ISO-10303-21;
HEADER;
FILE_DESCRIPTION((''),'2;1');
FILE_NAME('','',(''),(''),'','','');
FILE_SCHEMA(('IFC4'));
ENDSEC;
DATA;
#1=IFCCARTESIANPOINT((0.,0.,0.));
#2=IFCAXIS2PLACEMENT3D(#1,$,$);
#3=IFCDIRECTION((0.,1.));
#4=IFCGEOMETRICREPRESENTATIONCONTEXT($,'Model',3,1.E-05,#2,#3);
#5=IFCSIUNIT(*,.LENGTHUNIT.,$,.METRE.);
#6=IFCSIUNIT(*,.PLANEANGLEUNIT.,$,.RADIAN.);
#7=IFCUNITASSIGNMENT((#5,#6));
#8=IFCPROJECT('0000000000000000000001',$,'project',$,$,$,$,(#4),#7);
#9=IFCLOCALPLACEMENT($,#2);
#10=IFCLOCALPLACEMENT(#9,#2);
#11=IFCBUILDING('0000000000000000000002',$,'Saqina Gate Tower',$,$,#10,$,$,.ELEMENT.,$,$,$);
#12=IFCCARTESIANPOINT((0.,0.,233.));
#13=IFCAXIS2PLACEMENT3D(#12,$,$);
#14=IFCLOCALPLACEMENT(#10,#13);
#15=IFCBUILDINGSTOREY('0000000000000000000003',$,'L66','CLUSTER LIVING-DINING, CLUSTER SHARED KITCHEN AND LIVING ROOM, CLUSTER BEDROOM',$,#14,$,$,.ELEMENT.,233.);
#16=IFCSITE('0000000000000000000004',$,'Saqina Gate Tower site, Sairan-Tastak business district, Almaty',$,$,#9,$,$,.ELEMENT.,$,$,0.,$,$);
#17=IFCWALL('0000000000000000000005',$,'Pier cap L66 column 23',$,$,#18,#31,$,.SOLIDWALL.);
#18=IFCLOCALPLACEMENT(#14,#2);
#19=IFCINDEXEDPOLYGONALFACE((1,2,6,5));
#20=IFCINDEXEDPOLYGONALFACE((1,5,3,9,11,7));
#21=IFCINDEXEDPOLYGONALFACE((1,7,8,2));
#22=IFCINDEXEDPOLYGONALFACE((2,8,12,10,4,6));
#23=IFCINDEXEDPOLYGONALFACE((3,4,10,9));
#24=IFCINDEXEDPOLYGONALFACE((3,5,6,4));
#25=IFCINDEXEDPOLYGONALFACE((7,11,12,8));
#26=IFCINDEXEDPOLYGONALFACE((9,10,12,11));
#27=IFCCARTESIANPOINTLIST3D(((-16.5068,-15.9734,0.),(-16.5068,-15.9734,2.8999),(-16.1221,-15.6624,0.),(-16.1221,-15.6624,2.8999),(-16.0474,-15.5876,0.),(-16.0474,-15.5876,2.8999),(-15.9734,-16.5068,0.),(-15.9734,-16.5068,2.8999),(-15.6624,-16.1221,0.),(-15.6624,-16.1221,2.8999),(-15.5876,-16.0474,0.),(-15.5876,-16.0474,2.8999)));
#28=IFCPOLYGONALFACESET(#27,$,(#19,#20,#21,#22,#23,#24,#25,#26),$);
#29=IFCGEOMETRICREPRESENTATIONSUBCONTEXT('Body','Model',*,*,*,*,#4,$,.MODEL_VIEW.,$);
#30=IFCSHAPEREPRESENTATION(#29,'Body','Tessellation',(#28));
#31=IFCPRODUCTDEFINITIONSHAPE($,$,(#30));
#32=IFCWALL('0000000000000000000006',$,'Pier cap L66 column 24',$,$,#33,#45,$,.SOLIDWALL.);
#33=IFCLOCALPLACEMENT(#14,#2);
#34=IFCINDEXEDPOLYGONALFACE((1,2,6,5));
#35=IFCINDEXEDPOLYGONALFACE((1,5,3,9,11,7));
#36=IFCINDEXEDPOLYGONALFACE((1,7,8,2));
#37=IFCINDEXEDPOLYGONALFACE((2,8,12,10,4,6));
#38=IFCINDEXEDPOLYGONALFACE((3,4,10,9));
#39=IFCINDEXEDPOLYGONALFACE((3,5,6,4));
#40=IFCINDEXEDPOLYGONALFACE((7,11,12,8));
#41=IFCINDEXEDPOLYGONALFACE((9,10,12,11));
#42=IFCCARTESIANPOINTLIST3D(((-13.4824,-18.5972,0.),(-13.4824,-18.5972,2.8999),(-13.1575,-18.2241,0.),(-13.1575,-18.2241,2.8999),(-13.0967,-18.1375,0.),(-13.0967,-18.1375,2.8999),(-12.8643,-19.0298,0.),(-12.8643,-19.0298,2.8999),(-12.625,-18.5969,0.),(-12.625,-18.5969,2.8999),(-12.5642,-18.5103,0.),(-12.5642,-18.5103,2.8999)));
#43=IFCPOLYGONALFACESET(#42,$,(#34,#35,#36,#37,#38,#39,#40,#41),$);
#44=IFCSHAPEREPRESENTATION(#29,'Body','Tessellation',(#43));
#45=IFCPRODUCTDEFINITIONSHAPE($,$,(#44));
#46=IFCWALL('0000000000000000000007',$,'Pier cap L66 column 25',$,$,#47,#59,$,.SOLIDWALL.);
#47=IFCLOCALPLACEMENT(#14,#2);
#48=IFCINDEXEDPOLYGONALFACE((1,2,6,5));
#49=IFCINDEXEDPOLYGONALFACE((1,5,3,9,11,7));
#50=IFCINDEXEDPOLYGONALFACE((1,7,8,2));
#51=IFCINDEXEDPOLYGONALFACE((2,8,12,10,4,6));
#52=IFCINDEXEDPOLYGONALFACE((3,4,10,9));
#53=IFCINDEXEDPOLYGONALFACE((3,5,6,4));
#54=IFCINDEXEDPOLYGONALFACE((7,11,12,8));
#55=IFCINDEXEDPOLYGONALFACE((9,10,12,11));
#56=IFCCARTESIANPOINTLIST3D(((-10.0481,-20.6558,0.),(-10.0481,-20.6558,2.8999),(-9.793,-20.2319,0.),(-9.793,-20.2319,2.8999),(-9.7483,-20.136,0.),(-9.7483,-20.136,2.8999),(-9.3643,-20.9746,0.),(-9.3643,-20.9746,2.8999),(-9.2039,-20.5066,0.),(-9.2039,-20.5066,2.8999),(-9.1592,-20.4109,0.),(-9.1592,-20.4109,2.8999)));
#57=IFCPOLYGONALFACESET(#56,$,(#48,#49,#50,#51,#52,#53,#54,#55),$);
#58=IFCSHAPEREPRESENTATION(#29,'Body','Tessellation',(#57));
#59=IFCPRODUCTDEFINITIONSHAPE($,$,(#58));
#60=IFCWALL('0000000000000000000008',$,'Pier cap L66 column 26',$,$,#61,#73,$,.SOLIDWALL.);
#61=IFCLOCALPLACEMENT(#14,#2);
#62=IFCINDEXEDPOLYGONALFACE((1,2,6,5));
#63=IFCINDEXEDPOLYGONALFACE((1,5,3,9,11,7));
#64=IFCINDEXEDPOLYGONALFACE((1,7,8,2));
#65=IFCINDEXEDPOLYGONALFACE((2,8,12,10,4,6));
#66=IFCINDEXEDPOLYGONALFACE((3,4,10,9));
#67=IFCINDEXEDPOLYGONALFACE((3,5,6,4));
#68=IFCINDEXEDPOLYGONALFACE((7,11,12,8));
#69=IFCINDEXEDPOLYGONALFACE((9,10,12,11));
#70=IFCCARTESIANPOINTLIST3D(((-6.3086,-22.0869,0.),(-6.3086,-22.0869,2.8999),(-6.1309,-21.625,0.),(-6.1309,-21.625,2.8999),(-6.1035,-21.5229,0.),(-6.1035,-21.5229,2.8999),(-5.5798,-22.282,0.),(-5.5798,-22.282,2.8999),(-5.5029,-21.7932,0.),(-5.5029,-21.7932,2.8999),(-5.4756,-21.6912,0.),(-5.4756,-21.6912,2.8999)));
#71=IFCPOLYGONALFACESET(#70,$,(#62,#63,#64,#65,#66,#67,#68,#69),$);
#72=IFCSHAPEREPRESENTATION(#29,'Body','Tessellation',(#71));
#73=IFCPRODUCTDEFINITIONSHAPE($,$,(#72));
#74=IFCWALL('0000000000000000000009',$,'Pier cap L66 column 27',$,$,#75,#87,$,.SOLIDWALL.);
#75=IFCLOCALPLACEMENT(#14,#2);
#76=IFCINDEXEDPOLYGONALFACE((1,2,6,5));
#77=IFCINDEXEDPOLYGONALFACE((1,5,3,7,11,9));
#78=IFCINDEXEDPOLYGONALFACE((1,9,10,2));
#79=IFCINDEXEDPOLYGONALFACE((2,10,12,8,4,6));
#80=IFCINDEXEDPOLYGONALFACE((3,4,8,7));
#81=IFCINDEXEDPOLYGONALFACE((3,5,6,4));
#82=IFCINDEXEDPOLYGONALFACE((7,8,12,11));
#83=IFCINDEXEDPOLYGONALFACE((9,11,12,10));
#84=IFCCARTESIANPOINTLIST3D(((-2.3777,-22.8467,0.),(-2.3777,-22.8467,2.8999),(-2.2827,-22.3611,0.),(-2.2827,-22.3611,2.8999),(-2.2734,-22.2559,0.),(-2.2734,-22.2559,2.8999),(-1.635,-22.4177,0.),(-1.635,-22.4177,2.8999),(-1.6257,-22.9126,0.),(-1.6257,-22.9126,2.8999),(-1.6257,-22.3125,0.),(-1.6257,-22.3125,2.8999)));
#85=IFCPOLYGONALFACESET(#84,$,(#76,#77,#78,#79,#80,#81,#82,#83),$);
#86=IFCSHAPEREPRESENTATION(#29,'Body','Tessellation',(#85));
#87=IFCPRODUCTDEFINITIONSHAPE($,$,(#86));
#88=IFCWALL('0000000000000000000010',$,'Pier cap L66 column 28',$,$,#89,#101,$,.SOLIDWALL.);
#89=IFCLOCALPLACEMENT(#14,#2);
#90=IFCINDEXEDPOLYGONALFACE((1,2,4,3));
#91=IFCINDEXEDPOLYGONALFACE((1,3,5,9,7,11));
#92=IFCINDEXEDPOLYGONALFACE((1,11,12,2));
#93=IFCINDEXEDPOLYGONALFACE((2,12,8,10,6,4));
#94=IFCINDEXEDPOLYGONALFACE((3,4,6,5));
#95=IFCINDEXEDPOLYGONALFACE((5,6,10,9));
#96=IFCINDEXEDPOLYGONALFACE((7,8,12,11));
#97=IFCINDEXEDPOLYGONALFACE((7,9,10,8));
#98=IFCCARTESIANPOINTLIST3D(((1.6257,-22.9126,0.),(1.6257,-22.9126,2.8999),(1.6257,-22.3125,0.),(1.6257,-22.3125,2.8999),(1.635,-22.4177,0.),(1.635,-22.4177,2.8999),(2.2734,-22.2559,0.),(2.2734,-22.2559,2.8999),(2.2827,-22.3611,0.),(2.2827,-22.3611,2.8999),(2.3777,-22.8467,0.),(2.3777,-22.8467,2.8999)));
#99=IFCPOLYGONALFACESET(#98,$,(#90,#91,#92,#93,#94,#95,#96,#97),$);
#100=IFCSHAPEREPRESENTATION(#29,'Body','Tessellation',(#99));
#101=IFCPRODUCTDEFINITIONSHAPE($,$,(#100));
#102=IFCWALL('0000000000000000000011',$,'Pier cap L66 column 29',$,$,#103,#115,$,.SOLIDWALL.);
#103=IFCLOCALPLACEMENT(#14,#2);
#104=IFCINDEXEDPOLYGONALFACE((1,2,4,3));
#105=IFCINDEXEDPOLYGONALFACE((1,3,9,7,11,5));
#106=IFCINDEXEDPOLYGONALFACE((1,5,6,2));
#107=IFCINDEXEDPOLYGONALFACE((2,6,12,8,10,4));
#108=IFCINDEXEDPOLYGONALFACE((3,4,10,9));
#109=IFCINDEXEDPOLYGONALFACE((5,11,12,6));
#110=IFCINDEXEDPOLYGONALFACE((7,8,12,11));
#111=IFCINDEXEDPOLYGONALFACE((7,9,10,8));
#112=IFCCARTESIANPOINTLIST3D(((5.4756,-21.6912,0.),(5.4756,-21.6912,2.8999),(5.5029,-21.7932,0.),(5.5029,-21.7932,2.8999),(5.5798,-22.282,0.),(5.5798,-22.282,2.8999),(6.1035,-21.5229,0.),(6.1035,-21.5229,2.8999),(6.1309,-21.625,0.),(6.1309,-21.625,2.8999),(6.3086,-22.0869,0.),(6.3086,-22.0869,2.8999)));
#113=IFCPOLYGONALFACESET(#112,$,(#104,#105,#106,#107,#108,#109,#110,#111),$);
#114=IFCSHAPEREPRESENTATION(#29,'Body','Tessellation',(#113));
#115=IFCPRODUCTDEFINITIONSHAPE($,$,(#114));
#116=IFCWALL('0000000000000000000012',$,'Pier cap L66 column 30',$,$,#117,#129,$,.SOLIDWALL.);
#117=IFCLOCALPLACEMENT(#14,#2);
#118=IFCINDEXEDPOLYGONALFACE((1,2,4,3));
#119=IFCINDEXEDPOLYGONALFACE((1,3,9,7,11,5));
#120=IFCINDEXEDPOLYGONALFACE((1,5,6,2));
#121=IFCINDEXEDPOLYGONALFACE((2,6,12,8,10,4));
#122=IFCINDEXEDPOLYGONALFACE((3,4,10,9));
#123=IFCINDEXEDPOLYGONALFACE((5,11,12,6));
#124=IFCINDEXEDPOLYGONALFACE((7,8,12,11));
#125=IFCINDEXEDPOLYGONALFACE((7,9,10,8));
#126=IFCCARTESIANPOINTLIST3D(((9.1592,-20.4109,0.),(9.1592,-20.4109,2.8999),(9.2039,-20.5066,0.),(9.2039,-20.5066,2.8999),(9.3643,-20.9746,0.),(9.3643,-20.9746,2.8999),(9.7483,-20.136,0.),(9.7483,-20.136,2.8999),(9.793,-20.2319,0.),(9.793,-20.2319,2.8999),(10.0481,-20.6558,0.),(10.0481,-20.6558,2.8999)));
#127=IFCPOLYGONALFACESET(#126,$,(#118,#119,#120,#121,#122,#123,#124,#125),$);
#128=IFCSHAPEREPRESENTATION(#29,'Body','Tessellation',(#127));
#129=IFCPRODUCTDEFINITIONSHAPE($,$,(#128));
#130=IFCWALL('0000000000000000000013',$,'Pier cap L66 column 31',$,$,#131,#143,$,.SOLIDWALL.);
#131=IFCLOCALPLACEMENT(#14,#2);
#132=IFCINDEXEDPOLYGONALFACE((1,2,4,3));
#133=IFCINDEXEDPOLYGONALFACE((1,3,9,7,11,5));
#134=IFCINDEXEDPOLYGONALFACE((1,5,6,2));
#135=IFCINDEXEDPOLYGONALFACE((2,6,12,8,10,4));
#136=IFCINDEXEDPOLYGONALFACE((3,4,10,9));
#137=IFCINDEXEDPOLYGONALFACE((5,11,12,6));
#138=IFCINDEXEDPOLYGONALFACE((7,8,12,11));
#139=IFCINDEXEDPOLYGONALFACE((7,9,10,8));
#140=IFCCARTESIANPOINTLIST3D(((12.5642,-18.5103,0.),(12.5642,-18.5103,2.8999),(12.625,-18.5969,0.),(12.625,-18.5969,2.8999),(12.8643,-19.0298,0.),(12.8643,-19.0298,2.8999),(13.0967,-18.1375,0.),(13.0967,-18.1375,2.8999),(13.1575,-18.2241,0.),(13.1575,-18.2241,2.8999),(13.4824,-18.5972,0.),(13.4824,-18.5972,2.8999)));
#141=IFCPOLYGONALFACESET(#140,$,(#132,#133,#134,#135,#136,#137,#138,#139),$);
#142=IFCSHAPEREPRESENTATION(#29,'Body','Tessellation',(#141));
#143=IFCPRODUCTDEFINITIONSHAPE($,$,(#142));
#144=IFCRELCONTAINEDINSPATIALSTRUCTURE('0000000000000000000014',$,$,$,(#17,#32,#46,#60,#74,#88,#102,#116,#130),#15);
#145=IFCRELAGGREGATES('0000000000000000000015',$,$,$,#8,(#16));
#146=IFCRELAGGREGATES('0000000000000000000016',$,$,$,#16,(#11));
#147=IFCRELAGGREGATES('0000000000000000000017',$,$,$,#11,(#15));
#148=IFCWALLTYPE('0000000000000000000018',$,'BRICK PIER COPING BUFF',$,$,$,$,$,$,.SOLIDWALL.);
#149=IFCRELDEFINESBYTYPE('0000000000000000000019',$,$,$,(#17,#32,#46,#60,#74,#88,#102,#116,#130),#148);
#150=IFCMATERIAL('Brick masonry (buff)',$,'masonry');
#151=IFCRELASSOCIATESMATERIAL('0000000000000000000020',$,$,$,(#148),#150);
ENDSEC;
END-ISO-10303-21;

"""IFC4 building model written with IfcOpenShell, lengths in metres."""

from ifc_helpers import new_model, si_unit, direction, frame, origin, place, context, subcontext, project, spatial, polyline, outline, extrude, material, type_object, element, save


model = new_model("IFC4")

# Units and contexts
model_context = context("Model", 3, precision=1e-05, world=origin(), true_north=direction((0.0, 1.0)))
body_context = subcontext(model_context, "Body", "Model", "MODEL_VIEW")
ifc_project = project(units=[si_unit("LENGTHUNIT", "METRE"), si_unit("PLANEANGLEUNIT", "RADIAN")], contexts=[model_context])

# Site, building, storey
site_placement = place(None, origin())
site = spatial("IfcSite", under=ifc_project, at=site_placement, Name="Saqina Gate Tower site, Sairan-Tastak business district, Almaty", CompositionType="ELEMENT", RefElevation=0.0)
building_placement = place(site_placement, origin())
building = spatial("IfcBuilding", under=site, at=building_placement, Name="Saqina Gate Tower", CompositionType="ELEMENT")
storey_placement = place(building_placement, frame((0.0, 0.0, 233.0)))
storey = spatial("IfcBuildingStorey", under=building, at=storey_placement, Name="L66", Description="CLUSTER LIVING-DINING, CLUSTER SHARED KITCHEN AND LIVING ROOM, CLUSTER BEDROOM", CompositionType="ELEMENT", Elevation=233.0)

# Walls
ifc_material = material(Name="Brick masonry (buff)", Category="masonry")
wall_type = type_object("IfcWallType", Name="BRICK PIER COPING BUFF", PredefinedType="SOLIDWALL", material=ifc_material)
wall_1_placement = place(storey_placement, origin())
element("IfcWall", 1, at=wall_1_placement, inside=storey, type_object=wall_type, Name="Pier cap L66 column 23", PredefinedType="SOLIDWALL", context=body_context, shape_type="SweptSolid", body=[
    extrude(outline(polyline([(-15.9734, -16.5068), (-15.5876, -16.0474), (-15.6624, -16.1221), (-16.1221, -15.6624), (-16.0474, -15.5876), (-16.5068, -15.9734), (-15.9734, -16.5068)])), origin(), (0.0, 0.0, 1.0), 2.8999),
])
wall_2_placement = place(storey_placement, origin())
element("IfcWall", 2, at=wall_2_placement, inside=storey, type_object=wall_type, Name="Pier cap L66 column 24", PredefinedType="SOLIDWALL", context=body_context, shape_type="SweptSolid", body=[
    extrude(outline(polyline([(-12.8643, -19.0298), (-12.5642, -18.5103), (-12.625, -18.5969), (-13.1575, -18.2241), (-13.0967, -18.1375), (-13.4824, -18.5972), (-12.8643, -19.0298)])), origin(), (0.0, 0.0, 1.0), 2.8999),
])
wall_3_placement = place(storey_placement, origin())
element("IfcWall", 3, at=wall_3_placement, inside=storey, type_object=wall_type, Name="Pier cap L66 column 25", PredefinedType="SOLIDWALL", context=body_context, shape_type="SweptSolid", body=[
    extrude(outline(polyline([(-10.0481, -20.6558), (-9.3643, -20.9746), (-9.1592, -20.4109), (-9.2039, -20.5066), (-9.793, -20.2319), (-9.7483, -20.136), (-10.0481, -20.6558)])), origin(), (0.0, 0.0, 1.0), 2.8999),
])
wall_4_placement = place(storey_placement, origin())
element("IfcWall", 4, at=wall_4_placement, inside=storey, type_object=wall_type, Name="Pier cap L66 column 26", PredefinedType="SOLIDWALL", context=body_context, shape_type="SweptSolid", body=[
    extrude(outline(polyline([(-5.5798, -22.282), (-5.4756, -21.6912), (-5.5029, -21.7932), (-6.1309, -21.625), (-6.1035, -21.5229), (-6.3086, -22.0869), (-5.5798, -22.282)])), origin(), (0.0, 0.0, 1.0), 2.8999),
])
wall_5_placement = place(storey_placement, origin())
element("IfcWall", 5, at=wall_5_placement, inside=storey, type_object=wall_type, Name="Pier cap L66 column 27", PredefinedType="SOLIDWALL", context=body_context, shape_type="SweptSolid", body=[
    extrude(outline(polyline([(-2.3777, -22.8467), (-1.6257, -22.9126), (-1.6257, -22.3125), (-1.635, -22.4177), (-2.2827, -22.3611), (-2.2734, -22.2559), (-2.3777, -22.8467)])), origin(), (0.0, 0.0, 1.0), 2.8999),
])
wall_6_placement = place(storey_placement, origin())
element("IfcWall", 6, at=wall_6_placement, inside=storey, type_object=wall_type, Name="Pier cap L66 column 28", PredefinedType="SOLIDWALL", context=body_context, shape_type="SweptSolid", body=[
    extrude(outline(polyline([(1.6257, -22.9126), (2.3777, -22.8467), (2.2734, -22.2559), (2.2827, -22.3611), (1.635, -22.4177), (1.6257, -22.3125), (1.6257, -22.9126)])), origin(), (0.0, 0.0, 1.0), 2.8999),
])
wall_7_placement = place(storey_placement, origin())
element("IfcWall", 7, at=wall_7_placement, inside=storey, type_object=wall_type, Name="Pier cap L66 column 29", PredefinedType="SOLIDWALL", context=body_context, shape_type="SweptSolid", body=[
    extrude(outline(polyline([(6.3086, -22.0869), (6.1035, -21.5229), (6.1309, -21.625), (5.5029, -21.7932), (5.4756, -21.6912), (5.5798, -22.282), (6.3086, -22.0869)])), origin(), (0.0, 0.0, 1.0), 2.8999),
])
wall_8_placement = place(storey_placement, origin())
element("IfcWall", 8, at=wall_8_placement, inside=storey, type_object=wall_type, Name="Pier cap L66 column 30", PredefinedType="SOLIDWALL", context=body_context, shape_type="SweptSolid", body=[
    extrude(outline(polyline([(9.3643, -20.9746), (10.0481, -20.6558), (9.7483, -20.136), (9.793, -20.2319), (9.2039, -20.5066), (9.1592, -20.4109), (9.3643, -20.9746)])), origin(), (0.0, 0.0, 1.0), 2.8999),
])
wall_9_placement = place(storey_placement, origin())
element("IfcWall", 9, at=wall_9_placement, inside=storey, type_object=wall_type, Name="Pier cap L66 column 31", PredefinedType="SOLIDWALL", context=body_context, shape_type="SweptSolid", body=[
    extrude(outline(polyline([(12.8643, -19.0298), (13.4824, -18.5972), (13.0967, -18.1375), (13.1575, -18.2241), (12.625, -18.5969), (12.5642, -18.5103), (12.8643, -19.0298)])), origin(), (0.0, 0.0, 1.0), 2.8999),
])

save(model, "model.ifc")
